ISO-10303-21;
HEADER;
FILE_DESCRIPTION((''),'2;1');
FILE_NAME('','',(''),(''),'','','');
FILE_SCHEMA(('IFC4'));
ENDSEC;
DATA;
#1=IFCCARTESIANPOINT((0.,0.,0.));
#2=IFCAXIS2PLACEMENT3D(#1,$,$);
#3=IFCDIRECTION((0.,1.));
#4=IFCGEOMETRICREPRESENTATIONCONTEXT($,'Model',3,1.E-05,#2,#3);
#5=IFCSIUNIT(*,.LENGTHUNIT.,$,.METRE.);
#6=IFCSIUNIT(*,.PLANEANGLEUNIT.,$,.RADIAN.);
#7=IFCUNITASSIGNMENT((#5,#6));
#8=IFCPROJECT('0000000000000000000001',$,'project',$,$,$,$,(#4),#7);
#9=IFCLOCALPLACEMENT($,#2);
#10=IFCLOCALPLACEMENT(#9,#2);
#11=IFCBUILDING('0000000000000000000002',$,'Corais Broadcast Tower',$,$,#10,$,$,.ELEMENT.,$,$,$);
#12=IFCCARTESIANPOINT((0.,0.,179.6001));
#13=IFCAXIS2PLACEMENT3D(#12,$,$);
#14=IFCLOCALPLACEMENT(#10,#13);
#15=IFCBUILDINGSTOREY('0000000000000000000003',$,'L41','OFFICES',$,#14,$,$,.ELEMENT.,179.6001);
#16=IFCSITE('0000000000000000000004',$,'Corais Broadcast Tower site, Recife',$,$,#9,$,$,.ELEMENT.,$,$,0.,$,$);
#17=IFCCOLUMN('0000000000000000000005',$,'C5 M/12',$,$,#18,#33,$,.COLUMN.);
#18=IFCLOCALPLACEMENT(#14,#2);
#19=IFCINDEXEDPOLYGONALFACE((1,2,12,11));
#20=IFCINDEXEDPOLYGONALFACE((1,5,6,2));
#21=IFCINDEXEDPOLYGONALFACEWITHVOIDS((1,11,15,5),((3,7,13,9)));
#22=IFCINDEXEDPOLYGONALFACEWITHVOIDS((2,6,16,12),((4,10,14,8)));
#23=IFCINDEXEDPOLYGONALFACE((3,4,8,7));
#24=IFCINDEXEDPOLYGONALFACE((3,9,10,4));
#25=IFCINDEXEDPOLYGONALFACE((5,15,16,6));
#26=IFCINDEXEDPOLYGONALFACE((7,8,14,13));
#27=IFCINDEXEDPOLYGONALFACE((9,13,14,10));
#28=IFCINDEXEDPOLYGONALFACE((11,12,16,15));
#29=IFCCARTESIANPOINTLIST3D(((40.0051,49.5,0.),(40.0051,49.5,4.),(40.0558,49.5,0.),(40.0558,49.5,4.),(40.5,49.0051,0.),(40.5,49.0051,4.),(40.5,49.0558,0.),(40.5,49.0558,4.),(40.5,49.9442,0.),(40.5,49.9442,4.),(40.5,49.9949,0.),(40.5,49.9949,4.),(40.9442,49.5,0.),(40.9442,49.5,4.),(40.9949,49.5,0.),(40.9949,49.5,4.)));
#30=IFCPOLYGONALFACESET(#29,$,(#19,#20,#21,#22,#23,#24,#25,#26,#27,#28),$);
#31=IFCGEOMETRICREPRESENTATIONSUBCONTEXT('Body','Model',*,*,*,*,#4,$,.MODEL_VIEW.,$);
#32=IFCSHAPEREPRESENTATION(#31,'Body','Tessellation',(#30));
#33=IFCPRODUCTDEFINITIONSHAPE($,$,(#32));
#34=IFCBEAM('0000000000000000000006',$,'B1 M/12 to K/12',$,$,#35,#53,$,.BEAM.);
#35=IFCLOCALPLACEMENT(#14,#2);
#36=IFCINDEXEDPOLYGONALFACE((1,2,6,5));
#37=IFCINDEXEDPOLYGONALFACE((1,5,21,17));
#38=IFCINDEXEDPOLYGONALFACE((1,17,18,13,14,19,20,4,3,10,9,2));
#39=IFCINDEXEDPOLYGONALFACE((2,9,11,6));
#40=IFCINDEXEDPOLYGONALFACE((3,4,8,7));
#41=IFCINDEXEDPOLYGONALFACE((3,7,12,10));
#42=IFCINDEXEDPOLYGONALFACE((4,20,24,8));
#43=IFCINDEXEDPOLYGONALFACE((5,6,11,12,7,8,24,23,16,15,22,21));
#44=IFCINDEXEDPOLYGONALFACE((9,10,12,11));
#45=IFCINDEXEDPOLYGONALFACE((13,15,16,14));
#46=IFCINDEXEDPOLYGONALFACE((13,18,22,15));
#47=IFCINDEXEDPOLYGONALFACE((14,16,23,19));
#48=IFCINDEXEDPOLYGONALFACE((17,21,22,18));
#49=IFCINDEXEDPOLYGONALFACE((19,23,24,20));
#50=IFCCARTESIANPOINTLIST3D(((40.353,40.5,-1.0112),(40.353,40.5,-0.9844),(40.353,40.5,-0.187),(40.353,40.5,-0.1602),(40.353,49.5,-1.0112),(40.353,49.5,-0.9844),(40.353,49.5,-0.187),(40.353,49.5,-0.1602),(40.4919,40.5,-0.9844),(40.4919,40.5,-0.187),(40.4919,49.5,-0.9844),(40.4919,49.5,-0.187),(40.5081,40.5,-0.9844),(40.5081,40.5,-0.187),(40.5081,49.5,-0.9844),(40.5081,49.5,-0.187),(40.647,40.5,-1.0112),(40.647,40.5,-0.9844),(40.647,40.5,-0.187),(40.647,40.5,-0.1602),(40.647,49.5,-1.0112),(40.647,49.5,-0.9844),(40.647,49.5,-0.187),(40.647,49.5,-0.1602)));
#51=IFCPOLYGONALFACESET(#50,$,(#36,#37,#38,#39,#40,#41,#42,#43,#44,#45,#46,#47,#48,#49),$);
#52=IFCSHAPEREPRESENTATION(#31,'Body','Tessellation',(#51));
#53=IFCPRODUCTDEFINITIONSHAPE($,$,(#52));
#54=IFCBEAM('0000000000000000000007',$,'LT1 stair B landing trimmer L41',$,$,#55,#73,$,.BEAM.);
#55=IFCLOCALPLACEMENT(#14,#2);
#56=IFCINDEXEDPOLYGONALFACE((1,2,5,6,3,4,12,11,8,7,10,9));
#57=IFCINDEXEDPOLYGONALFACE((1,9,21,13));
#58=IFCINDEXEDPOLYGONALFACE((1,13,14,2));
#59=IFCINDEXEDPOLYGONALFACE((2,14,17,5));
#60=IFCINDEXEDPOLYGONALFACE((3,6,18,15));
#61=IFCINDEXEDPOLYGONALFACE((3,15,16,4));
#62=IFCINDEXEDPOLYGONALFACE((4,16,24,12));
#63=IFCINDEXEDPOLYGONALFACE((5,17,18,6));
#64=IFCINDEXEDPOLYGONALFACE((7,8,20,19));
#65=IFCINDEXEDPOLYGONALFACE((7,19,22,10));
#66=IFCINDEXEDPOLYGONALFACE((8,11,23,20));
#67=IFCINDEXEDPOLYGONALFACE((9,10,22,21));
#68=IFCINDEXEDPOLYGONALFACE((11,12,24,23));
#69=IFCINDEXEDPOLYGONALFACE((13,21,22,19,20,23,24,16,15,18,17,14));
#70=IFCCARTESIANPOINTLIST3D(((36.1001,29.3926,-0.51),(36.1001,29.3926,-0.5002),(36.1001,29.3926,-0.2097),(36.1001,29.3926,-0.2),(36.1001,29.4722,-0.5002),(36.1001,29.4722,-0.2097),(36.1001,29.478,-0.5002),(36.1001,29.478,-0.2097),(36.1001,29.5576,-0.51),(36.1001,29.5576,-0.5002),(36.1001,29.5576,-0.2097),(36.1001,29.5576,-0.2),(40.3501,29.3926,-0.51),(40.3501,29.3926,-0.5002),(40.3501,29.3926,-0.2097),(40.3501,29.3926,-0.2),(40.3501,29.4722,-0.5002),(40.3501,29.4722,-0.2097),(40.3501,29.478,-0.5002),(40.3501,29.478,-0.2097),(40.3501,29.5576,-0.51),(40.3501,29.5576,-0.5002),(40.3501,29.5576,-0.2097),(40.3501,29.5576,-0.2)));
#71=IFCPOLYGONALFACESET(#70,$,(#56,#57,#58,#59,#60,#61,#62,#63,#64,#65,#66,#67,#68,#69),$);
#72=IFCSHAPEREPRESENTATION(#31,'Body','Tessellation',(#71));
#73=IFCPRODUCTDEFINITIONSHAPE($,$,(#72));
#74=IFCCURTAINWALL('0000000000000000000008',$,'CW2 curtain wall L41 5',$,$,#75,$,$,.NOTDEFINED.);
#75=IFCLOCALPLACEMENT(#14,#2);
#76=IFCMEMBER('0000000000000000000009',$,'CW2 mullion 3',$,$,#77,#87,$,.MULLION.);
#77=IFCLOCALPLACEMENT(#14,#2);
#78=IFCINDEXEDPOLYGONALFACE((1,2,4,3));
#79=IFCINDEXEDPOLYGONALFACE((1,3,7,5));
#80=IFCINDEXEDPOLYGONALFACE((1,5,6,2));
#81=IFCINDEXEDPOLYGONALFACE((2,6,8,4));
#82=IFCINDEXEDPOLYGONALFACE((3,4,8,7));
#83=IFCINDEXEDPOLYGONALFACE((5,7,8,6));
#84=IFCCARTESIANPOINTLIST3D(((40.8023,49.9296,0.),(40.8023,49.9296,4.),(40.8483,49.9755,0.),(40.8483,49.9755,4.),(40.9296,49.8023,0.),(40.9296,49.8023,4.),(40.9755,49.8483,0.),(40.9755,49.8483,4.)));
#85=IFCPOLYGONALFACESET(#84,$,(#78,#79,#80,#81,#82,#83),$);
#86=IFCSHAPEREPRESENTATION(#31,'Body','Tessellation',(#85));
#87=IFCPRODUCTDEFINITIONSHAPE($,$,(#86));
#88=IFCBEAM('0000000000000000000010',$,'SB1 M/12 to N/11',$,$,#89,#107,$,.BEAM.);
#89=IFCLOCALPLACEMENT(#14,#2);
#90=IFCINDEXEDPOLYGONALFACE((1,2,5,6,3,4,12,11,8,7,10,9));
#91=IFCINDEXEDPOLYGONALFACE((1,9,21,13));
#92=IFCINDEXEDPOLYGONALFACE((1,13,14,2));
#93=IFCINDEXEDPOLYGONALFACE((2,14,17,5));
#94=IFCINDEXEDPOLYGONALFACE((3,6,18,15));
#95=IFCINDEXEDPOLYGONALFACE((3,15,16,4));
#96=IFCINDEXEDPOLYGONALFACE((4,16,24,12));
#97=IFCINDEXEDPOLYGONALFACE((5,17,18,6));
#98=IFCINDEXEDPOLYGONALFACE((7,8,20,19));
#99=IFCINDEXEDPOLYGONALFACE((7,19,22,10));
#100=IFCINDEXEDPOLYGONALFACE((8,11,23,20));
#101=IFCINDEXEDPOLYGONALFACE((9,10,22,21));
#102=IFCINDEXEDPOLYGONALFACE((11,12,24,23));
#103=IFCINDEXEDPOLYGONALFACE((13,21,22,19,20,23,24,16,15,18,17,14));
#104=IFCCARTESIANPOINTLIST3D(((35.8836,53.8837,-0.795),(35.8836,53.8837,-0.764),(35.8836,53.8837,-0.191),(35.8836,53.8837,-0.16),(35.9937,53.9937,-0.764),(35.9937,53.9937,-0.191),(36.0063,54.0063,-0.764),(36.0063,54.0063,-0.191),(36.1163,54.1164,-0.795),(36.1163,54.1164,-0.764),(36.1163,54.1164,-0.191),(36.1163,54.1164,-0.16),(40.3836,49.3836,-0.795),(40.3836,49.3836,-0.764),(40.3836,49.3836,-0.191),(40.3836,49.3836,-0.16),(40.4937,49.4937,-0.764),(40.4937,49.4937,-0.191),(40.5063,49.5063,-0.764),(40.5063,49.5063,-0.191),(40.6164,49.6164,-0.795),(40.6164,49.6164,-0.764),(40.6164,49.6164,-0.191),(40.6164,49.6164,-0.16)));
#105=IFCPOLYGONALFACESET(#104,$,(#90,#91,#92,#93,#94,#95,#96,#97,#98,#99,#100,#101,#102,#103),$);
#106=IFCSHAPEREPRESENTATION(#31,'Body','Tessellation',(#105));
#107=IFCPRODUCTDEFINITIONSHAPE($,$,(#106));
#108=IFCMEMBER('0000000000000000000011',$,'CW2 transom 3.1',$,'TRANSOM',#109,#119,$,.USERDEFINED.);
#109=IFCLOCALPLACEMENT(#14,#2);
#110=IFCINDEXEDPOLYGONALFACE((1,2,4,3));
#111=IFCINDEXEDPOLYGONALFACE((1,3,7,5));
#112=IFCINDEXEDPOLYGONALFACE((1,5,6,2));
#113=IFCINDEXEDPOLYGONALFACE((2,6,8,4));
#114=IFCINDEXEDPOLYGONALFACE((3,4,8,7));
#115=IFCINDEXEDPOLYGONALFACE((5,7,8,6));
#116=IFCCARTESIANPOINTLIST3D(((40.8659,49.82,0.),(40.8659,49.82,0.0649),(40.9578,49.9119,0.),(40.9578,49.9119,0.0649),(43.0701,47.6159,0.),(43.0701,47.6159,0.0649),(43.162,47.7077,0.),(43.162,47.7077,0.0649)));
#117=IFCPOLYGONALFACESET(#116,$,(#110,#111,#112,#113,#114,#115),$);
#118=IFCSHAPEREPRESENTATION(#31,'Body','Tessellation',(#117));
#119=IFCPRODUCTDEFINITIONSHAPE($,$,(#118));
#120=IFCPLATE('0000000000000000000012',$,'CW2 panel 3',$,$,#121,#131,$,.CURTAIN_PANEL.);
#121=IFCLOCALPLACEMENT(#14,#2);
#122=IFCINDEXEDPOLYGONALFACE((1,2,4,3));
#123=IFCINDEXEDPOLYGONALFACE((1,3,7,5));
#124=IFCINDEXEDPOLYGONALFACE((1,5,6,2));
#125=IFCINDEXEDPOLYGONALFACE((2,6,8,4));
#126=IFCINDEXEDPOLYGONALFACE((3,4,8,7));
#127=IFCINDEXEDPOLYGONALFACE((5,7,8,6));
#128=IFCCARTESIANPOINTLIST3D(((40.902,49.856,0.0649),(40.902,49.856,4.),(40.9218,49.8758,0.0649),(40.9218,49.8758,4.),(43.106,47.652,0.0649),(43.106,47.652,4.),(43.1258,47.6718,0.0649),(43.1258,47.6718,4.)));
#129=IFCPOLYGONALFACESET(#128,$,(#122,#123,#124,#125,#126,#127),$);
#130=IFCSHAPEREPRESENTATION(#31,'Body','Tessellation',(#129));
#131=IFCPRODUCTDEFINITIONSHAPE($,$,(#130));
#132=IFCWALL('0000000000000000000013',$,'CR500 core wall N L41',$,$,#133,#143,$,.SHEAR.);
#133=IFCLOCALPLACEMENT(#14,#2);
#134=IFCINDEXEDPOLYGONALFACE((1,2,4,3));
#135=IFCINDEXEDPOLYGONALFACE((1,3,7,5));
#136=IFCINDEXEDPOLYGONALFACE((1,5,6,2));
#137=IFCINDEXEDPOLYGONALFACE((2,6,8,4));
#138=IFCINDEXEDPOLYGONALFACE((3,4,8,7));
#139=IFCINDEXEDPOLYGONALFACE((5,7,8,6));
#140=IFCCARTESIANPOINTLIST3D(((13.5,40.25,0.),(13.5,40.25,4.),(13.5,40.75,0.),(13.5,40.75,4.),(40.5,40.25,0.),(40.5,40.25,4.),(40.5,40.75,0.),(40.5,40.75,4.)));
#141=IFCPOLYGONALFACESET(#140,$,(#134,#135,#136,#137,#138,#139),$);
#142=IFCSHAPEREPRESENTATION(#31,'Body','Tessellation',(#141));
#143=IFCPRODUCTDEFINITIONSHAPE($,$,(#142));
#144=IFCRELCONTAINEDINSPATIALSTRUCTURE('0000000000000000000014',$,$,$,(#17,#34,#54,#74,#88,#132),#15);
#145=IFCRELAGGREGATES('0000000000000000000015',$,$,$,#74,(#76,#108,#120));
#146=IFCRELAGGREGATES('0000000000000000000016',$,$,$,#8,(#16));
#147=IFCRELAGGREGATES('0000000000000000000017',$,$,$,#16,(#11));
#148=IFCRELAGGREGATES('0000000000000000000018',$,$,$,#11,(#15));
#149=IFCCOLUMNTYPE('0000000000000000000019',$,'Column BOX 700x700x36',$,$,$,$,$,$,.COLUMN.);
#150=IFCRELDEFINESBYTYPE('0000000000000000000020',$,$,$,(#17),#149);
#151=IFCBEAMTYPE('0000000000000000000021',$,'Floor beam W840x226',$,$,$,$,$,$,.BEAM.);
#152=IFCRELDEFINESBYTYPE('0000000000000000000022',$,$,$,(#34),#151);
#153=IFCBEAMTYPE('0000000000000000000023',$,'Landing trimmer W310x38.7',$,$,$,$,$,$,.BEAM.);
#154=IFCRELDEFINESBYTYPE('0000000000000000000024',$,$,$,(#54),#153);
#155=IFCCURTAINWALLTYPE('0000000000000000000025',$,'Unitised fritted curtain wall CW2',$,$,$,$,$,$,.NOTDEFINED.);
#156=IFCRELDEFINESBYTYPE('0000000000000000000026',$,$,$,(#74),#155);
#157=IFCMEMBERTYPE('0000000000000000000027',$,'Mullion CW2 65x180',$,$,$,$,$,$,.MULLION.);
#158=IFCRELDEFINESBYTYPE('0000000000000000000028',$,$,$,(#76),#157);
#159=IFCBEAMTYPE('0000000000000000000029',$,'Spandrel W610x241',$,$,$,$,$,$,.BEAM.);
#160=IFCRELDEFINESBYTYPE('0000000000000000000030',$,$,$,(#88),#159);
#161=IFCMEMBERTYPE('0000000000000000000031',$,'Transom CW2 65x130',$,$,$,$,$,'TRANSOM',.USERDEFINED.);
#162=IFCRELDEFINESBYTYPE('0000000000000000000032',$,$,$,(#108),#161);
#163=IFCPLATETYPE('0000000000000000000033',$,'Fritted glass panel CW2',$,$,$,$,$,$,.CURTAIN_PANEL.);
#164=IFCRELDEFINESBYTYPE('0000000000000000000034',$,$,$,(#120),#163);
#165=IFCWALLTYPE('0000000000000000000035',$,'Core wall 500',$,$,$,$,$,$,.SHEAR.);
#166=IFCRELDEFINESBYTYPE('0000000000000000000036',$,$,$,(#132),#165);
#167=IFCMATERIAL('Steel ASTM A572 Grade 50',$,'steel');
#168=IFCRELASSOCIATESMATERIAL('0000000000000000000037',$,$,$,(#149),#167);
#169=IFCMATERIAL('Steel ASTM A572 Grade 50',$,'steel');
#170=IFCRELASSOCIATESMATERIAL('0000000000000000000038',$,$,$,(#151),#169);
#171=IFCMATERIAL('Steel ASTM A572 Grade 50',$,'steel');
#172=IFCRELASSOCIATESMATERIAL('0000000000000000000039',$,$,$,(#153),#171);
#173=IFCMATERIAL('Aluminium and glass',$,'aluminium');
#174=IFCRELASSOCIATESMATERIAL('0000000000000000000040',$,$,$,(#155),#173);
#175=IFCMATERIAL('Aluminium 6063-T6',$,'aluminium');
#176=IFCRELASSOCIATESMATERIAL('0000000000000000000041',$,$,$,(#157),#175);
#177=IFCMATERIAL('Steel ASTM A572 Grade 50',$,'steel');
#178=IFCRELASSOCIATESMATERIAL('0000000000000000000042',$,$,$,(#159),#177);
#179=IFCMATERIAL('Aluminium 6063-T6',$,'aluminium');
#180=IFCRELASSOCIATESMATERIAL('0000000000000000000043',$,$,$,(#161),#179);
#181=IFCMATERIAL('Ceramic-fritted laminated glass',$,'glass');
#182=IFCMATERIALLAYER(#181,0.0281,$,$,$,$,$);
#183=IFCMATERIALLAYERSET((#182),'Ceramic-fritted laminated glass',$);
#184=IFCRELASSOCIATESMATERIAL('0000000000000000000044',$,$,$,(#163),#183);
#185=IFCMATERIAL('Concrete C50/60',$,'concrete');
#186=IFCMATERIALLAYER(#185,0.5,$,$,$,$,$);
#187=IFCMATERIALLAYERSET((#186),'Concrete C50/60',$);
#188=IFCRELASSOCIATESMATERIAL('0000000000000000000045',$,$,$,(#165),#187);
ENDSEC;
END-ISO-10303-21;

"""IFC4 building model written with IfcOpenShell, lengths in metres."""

from ifc_helpers import new_model, si_unit, direction, frame, frame_2d, origin, origin_2d, place, context, subcontext, project, spatial, rectangle, hollow_rectangle, i_section, extrude, material, layer, layer_set, material_profile, profile_set, type_object, element, aggregate, save


model = new_model("IFC4")

# Units and contexts
model_context = context("Model", 3, precision=1e-05, world=origin(), true_north=direction((0.0, 1.0)))
body_context = subcontext(model_context, "Body", "Model", "MODEL_VIEW")
ifc_project = project(units=[si_unit("LENGTHUNIT", "METRE"), si_unit("PLANEANGLEUNIT", "RADIAN")], contexts=[model_context])

# Site, building, storey
site_placement = place(None, origin())
site = spatial("IfcSite", under=ifc_project, at=site_placement, Name="Corais Broadcast Tower site, Recife", CompositionType="ELEMENT", RefElevation=0.0)
building_placement = place(site_placement, origin())
building = spatial("IfcBuilding", under=site, at=building_placement, Name="Corais Broadcast Tower", CompositionType="ELEMENT")
storey_placement = place(building_placement, frame((0.0, 0.0, 179.6001)))
storey = spatial("IfcBuildingStorey", under=building, at=storey_placement, Name="L41", Description="OFFICES", CompositionType="ELEMENT", Elevation=179.6001)

# Column
ifc_material_1 = material(Name="Steel ASTM A572 Grade 50", Category="steel")
ifc_material_profile_1 = material_profile(ifc_material_1, hollow_rectangle(XDim=0.7, YDim=0.7, WallThickness=0.0359, at=origin_2d()), Name="BOX 700x700x36")
ifc_profile_set_1 = profile_set([ifc_material_profile_1], Name="Steel ASTM A572 Grade 50")
column_type = type_object("IfcColumnType", Name="Column BOX 700x700x36", PredefinedType="COLUMN", material=ifc_profile_set_1)
column_placement = place(storey_placement, frame((40.5, 49.5, 0.0), z_axis=(0.0, 0.0, 1.0), x_axis=(0.707107, 0.707107, 0.0)))
element("IfcColumn", 1, at=column_placement, inside=storey, type_object=column_type, Name="C5 M/12", PredefinedType="COLUMN", context=body_context, shape_type="SweptSolid", body=[
    extrude(hollow_rectangle(XDim=0.7, YDim=0.7, WallThickness=0.0359, at=origin_2d()), origin(), (0.0, 0.0, 1.0), 4.0),
])

# Beams
ifc_material_2 = material(Name="Steel ASTM A572 Grade 50", Category="steel")
ifc_material_profile_2 = material_profile(ifc_material_2, i_section(OverallWidth=0.2939, OverallDepth=0.8511, WebThickness=0.0161, FlangeThickness=0.0269, at=origin_2d()), Name="W840x226")
ifc_profile_set_2 = profile_set([ifc_material_profile_2], Name="Steel ASTM A572 Grade 50")
beam_type_1 = type_object("IfcBeamType", Name="Floor beam W840x226", PredefinedType="BEAM", material=ifc_profile_set_2)
beam_1_placement = place(storey_placement, frame((40.5, 49.5, -0.5857), z_axis=(0.0, -1.0, 0.0), x_axis=(1.0, 0.0, 0.0)))
element("IfcBeam", 2, at=beam_1_placement, inside=storey, type_object=beam_type_1, Name="B1 M/12 to K/12", PredefinedType="BEAM", context=body_context, shape_type="SweptSolid", body=[
    extrude(i_section(OverallWidth=0.2939, OverallDepth=0.8511, WebThickness=0.0161, FlangeThickness=0.0269, at=origin_2d()), origin(), (0.0, 0.0, 1.0), 9.0),
])
ifc_material_3 = material(Name="Steel ASTM A572 Grade 50", Category="steel")
ifc_material_profile_3 = material_profile(ifc_material_3, i_section(OverallWidth=0.165, OverallDepth=0.3101, WebThickness=0.0059, FlangeThickness=0.0098, at=origin_2d()), Name="W310x38.7")
ifc_profile_set_3 = profile_set([ifc_material_profile_3], Name="Steel ASTM A572 Grade 50")
beam_type_2 = type_object("IfcBeamType", Name="Landing trimmer W310x38.7", PredefinedType="BEAM", material=ifc_profile_set_3)
beam_2_placement = place(storey_placement, frame((36.1001, 29.4751, -0.355), z_axis=(1.0, 0.0, 0.0), x_axis=(0.0, 1.0, 0.0)))
element("IfcBeam", 3, at=beam_2_placement, inside=storey, type_object=beam_type_2, Name="LT1 stair B landing trimmer L41", PredefinedType="BEAM", context=body_context, shape_type="SweptSolid", body=[
    extrude(i_section(OverallWidth=0.165, OverallDepth=0.3101, WebThickness=0.0059, FlangeThickness=0.0098, at=origin_2d()), origin(), (0.0, 0.0, 1.0), 4.25),
])

# Curtain wall, member
ifc_material_4 = material(Name="Aluminium and glass", Category="aluminium")
curtain_wall_type = type_object("IfcCurtainWallType", Name="Unitised fritted curtain wall CW2", PredefinedType="NOTDEFINED", material=ifc_material_4)
curtain_wall_placement = place(storey_placement, origin())
curtain_wall = element("IfcCurtainWall", 4, at=curtain_wall_placement, inside=storey, type_object=curtain_wall_type, Name="CW2 curtain wall L41 5", PredefinedType="NOTDEFINED")
ifc_material_5 = material(Name="Aluminium 6063-T6", Category="aluminium")
ifc_material_profile_4 = material_profile(ifc_material_5, rectangle(XDim=0.0649, YDim=0.1799, at=origin_2d()), Name="Mullion CW2 65x180")
ifc_profile_set_4 = profile_set([ifc_material_profile_4], Name="Aluminium 6063-T6")
member_type_1 = type_object("IfcMemberType", Name="Mullion CW2 65x180", PredefinedType="MULLION", material=ifc_profile_set_4)
member_1_placement = place(storey_placement, frame((40.8889, 49.8889, 0.0), z_axis=(0.0, 0.0, 1.0), x_axis=(0.707107, 0.707107, 0.0)))
member_1 = element("IfcMember", 5, at=member_1_placement, type_object=member_type_1, Name="CW2 mullion 3", PredefinedType="MULLION", context=body_context, shape_type="SweptSolid", body=[
    extrude(rectangle(XDim=0.0649, YDim=0.1799, at=origin_2d()), origin(), (0.0, 0.0, 1.0), 4.0),
])

# Beam
ifc_material_6 = material(Name="Steel ASTM A572 Grade 50", Category="steel")
ifc_material_profile_5 = material_profile(ifc_material_6, i_section(OverallWidth=0.3291, OverallDepth=0.635, WebThickness=0.0178, FlangeThickness=0.031, at=origin_2d()), Name="W610x241")
ifc_profile_set_5 = profile_set([ifc_material_profile_5], Name="Steel ASTM A572 Grade 50")
beam_type_3 = type_object("IfcBeamType", Name="Spandrel W610x241", PredefinedType="BEAM", material=ifc_profile_set_5)
beam_3_placement = place(storey_placement, frame((40.5, 49.5, -0.4775), z_axis=(-0.707107, 0.707107, 0.0), x_axis=(-0.707107, -0.707107, 0.0)))
element("IfcBeam", 6, at=beam_3_placement, inside=storey, type_object=beam_type_3, Name="SB1 M/12 to N/11", PredefinedType="BEAM", context=body_context, shape_type="SweptSolid", body=[
    extrude(i_section(OverallWidth=0.3291, OverallDepth=0.635, WebThickness=0.0178, FlangeThickness=0.031, at=origin_2d()), origin(), (0.0, 0.0, 1.0), 6.364),
])

# Member
ifc_material_7 = material(Name="Aluminium 6063-T6", Category="aluminium")
ifc_material_profile_6 = material_profile(ifc_material_7, rectangle(XDim=0.1299, YDim=0.0649, at=origin_2d()), Name="Transom CW2 65x130")
ifc_profile_set_6 = profile_set([ifc_material_profile_6], Name="Aluminium 6063-T6")
member_type_2 = type_object("IfcMemberType", Name="Transom CW2 65x130", ElementType="TRANSOM", PredefinedType="USERDEFINED", material=ifc_profile_set_6)
member_2_placement = place(storey_placement, frame((40.9119, 49.866, 0.0325), z_axis=(0.707107, -0.707107, 0.0), x_axis=(0.707107, 0.707107, 0.0)))
member_2 = element("IfcMember", 7, at=member_2_placement, type_object=member_type_2, Name="CW2 transom 3.1", ObjectType="TRANSOM", PredefinedType="USERDEFINED", context=body_context, shape_type="SweptSolid", body=[
    extrude(rectangle(XDim=0.1299, YDim=0.0649, at=origin_2d()), origin(), (0.0, 0.0, 1.0), 3.1172),
])

# Plate
ifc_material_8 = material(Name="Ceramic-fritted laminated glass", Category="glass")
ifc_layer_1 = layer(ifc_material_8, 0.0281)
ifc_layer_set_1 = layer_set([ifc_layer_1], Name="Ceramic-fritted laminated glass")
plate_type = type_object("IfcPlateType", Name="Fritted glass panel CW2", PredefinedType="CURTAIN_PANEL", material=ifc_layer_set_1)
plate_placement = place(storey_placement, frame((42.0139, 48.7639, 0.0649), z_axis=(0.0, 0.0, 1.0), x_axis=(0.707107, -0.707107, 0.0)))
plate = element("IfcPlate", 8, at=plate_placement, type_object=plate_type, Name="CW2 panel 3", PredefinedType="CURTAIN_PANEL", context=body_context, shape_type="SweptSolid", body=[
    extrude(rectangle(XDim=3.1169, YDim=0.0281, at=origin_2d()), origin(), (0.0, 0.0, 1.0), 3.9351),
])
aggregate(curtain_wall, [member_1, member_2, plate])

# Wall
ifc_material_9 = material(Name="Concrete C50/60", Category="concrete")
ifc_layer_2 = layer(ifc_material_9, 0.5)
ifc_layer_set_2 = layer_set([ifc_layer_2], Name="Concrete C50/60")
wall_type_1 = type_object("IfcWallType", Name="Core wall 500", PredefinedType="SHEAR", material=ifc_layer_set_2)
wall_1_placement = place(storey_placement, frame((40.5, 40.5, 0.0), z_axis=(0.0, 0.0, 1.0), x_axis=(-1.0, 0.0, 0.0)))
element("IfcWall", 9, at=wall_1_placement, inside=storey, type_object=wall_type_1, Name="CR500 core wall N L41", PredefinedType="SHEAR", context=body_context, shape_type="SweptSolid", body=[
    extrude(rectangle(XDim=27.0, YDim=0.5, at=frame_2d((13.5, 0.0))), origin(), (0.0, 0.0, 1.0), 4.0),
])

save(model, "model.ifc")
